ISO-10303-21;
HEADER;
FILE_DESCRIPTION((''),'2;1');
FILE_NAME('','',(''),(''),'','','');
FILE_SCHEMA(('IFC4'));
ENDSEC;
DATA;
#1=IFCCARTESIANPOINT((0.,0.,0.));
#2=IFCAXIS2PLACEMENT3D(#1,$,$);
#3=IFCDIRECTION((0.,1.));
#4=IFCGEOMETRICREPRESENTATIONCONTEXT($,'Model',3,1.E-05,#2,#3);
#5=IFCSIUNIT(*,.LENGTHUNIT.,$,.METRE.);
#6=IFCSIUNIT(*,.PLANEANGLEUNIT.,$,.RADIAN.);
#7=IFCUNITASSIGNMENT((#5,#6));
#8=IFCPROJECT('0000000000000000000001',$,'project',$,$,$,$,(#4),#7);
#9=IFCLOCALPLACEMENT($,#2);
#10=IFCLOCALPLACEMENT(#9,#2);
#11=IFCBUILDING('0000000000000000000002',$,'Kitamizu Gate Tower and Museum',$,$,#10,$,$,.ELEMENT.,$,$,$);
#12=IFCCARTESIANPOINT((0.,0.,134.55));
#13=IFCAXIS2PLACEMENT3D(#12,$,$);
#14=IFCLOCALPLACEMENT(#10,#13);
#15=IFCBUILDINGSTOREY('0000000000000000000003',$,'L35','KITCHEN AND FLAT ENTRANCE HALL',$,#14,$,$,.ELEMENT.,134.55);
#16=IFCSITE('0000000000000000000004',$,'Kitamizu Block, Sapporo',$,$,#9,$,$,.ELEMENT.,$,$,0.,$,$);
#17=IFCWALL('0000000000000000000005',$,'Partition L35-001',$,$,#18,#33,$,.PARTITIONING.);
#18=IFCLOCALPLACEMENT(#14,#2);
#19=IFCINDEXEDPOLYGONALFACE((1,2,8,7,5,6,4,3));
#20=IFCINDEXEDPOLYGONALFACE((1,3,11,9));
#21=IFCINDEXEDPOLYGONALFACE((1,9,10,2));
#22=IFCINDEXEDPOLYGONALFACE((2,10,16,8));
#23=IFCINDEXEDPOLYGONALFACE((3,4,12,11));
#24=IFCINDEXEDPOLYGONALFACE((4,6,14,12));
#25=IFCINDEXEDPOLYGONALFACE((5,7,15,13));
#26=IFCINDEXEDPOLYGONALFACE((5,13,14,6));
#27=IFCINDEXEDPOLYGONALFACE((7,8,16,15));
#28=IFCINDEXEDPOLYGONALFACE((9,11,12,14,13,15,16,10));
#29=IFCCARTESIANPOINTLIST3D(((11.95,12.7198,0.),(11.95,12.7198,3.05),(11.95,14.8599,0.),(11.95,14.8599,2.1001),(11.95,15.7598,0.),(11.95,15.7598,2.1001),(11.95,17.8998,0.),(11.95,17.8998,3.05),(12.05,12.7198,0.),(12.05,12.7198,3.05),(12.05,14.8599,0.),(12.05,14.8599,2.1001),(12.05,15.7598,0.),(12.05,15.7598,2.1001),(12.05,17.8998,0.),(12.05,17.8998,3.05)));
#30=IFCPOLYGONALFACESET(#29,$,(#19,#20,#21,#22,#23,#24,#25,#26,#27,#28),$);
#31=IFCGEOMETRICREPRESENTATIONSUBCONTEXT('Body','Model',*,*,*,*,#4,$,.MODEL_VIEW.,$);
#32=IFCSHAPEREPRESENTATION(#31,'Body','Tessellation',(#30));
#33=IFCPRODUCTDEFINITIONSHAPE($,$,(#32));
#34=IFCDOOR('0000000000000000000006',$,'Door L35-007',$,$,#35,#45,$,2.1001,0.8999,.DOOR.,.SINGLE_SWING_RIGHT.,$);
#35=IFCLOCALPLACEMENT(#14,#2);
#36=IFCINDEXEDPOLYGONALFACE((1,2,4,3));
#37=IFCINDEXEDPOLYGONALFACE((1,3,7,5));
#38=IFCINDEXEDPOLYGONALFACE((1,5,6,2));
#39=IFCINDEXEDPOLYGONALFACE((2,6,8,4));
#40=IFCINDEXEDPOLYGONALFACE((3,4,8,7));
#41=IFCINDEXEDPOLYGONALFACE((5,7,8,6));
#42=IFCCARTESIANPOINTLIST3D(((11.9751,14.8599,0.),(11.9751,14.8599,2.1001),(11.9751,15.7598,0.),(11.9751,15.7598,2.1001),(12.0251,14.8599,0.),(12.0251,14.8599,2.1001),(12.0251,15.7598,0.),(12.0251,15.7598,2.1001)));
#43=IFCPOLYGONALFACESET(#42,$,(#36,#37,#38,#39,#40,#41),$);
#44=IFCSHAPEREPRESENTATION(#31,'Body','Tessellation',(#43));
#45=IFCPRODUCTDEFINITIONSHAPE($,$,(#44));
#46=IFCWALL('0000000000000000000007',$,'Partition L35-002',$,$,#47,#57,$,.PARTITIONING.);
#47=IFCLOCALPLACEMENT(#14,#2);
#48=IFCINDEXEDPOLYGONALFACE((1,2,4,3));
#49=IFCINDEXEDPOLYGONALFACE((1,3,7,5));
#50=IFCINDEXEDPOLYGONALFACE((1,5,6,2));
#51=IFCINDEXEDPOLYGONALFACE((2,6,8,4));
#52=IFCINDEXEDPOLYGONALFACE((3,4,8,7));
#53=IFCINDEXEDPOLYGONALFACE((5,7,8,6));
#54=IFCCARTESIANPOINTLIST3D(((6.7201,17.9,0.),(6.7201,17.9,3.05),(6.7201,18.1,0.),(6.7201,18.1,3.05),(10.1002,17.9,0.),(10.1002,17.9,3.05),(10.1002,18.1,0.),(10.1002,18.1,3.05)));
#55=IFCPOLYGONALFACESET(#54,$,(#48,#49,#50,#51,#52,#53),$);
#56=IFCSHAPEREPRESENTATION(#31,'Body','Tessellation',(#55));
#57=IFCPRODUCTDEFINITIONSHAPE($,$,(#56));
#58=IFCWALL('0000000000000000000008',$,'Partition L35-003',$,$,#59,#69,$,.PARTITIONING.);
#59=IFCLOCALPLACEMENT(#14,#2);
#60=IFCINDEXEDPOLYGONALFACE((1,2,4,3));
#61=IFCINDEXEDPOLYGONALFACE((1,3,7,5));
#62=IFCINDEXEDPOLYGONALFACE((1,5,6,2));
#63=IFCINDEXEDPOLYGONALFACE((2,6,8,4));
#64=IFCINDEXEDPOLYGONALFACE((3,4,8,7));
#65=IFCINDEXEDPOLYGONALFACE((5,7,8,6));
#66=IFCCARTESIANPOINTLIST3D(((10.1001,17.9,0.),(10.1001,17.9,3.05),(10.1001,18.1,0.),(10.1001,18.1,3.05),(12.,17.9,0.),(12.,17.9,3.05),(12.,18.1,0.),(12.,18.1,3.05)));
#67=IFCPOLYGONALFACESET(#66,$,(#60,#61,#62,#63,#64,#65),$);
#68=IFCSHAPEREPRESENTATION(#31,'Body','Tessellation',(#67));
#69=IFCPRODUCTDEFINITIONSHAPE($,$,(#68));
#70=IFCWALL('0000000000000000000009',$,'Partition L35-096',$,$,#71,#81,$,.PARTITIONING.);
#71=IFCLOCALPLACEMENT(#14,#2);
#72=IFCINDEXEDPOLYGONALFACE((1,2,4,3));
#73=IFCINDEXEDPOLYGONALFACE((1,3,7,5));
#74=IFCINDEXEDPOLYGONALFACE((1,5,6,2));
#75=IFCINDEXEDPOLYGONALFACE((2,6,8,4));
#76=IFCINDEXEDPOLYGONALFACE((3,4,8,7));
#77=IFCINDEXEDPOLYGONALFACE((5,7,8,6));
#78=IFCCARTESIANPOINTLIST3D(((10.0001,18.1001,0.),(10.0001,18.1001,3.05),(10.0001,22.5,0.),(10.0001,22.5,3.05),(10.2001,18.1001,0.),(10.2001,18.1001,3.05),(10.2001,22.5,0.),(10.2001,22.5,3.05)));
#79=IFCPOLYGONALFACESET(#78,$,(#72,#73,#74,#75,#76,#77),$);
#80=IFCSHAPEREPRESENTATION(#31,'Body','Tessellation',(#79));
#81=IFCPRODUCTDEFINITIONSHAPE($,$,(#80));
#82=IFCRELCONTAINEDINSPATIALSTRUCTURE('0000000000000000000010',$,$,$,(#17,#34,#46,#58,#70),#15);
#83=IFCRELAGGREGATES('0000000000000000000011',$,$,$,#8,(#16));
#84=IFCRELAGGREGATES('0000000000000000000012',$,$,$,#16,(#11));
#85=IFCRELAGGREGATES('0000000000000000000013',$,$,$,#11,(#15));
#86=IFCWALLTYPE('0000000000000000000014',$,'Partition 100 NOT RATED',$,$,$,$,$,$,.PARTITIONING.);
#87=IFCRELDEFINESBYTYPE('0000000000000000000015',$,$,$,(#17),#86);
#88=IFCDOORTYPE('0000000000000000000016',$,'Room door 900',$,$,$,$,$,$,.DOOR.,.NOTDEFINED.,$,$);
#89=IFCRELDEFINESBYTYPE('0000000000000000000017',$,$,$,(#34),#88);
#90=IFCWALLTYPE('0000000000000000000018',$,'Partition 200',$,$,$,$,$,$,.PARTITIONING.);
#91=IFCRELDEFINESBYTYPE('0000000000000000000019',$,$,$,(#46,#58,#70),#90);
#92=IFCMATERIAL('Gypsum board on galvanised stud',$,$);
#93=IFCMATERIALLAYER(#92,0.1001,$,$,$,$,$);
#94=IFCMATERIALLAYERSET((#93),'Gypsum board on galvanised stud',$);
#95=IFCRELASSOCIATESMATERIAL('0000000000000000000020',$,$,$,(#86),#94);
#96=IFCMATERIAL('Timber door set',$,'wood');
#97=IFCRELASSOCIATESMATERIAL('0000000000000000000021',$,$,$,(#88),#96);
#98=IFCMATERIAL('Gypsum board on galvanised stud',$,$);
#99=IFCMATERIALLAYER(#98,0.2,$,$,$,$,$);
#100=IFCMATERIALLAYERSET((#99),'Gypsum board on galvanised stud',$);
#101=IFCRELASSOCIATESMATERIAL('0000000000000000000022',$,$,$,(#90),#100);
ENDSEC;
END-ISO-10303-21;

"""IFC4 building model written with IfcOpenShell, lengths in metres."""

from ifc_helpers import new_model, si_unit, direction, frame, frame_2d, origin, place, context, subcontext, project, spatial, rectangle, extrude, material, layer, layer_set, type_object, element, fill, save


model = new_model("IFC4")

# Units and contexts
model_context = context("Model", 3, precision=1e-05, world=origin(), true_north=direction((0.0, 1.0)))
body_context = subcontext(model_context, "Body", "Model", "MODEL_VIEW")
ifc_project = project(units=[si_unit("LENGTHUNIT", "METRE"), si_unit("PLANEANGLEUNIT", "RADIAN")], contexts=[model_context])

# Site, building, storey
site_placement = place(None, origin())
site = spatial("IfcSite", under=ifc_project, at=site_placement, Name="Kitamizu Block, Sapporo", CompositionType="ELEMENT", RefElevation=0.0)
building_placement = place(site_placement, origin())
building = spatial("IfcBuilding", under=site, at=building_placement, Name="Kitamizu Gate Tower and Museum", CompositionType="ELEMENT")
storey_placement = place(building_placement, frame((0.0, 0.0, 134.55)))
storey = spatial("IfcBuildingStorey", under=building, at=storey_placement, Name="L35", Description="KITCHEN AND FLAT ENTRANCE HALL", CompositionType="ELEMENT", Elevation=134.55)

# Wall, opening, door
ifc_material_1 = material(Name="Gypsum board on galvanised stud")
ifc_layer_1 = layer(ifc_material_1, 0.1001)
ifc_layer_set_1 = layer_set([ifc_layer_1], Name="Gypsum board on galvanised stud")
wall_type_1 = type_object("IfcWallType", Name="Partition 100 NOT RATED", PredefinedType="PARTITIONING", material=ifc_layer_set_1)
wall_1_placement = place(storey_placement, frame((12.0, 12.72, 0.0), z_axis=(0.0, 0.0, 1.0), x_axis=(0.0, 1.0, 0.0)))
wall_1 = element("IfcWall", 1, at=wall_1_placement, inside=storey, type_object=wall_type_1, Name="Partition L35-001", PredefinedType="PARTITIONING", context=body_context, shape_type="SweptSolid", body=[
    extrude(rectangle(XDim=5.1799, YDim=0.1001, at=frame_2d((2.5898, 0.0))), origin(), (0.0, 0.0, 1.0), 3.05),
])
opening_placement = place(wall_1_placement, frame((2.1399, 0.0, 0.0)))
opening = element("IfcOpeningElement", 2, at=opening_placement, cuts=wall_1, PredefinedType="OPENING", context=body_context, shape_type="SweptSolid", body=[
    extrude(rectangle(XDim=0.8999, YDim=2.1001, at=frame_2d((0.45, 1.05))), frame((0.0, 0.0601, 0.0), z_axis=(0.0, -1.0, 0.0), x_axis=(1.0, 0.0, 0.0)), (0.0, 0.0, 1.0), 0.1201),
])
ifc_material_2 = material(Name="Timber door set", Category="wood")
door_type = type_object("IfcDoorType", Name="Room door 900", OperationType="NOTDEFINED", PredefinedType="DOOR", material=ifc_material_2)
door_placement = place(opening_placement, origin())
door = element("IfcDoor", 3, at=door_placement, inside=storey, type_object=door_type, Name="Door L35-007", OperationType="SINGLE_SWING_RIGHT", OverallHeight=2.1001, OverallWidth=0.8999, PredefinedType="DOOR", context=body_context, shape_type="SweptSolid", body=[
    extrude(rectangle(XDim=0.8999, YDim=2.1001, at=frame_2d((0.45, 1.05))), frame((0.0, 0.0249, 0.0), z_axis=(0.0, -1.0, 0.0), x_axis=(1.0, 0.0, 0.0)), (0.0, 0.0, 1.0), 0.05),
])
fill(opening, door)

# Walls
ifc_material_3 = material(Name="Gypsum board on galvanised stud")
ifc_layer_2 = layer(ifc_material_3, 0.2)
ifc_layer_set_2 = layer_set([ifc_layer_2], Name="Gypsum board on galvanised stud")
wall_type_2 = type_object("IfcWallType", Name="Partition 200", PredefinedType="PARTITIONING", material=ifc_layer_set_2)
wall_2_placement = place(storey_placement, frame((10.1001, 18.0, 0.0), z_axis=(0.0, 0.0, 1.0), x_axis=(-1.0, 0.0, 0.0)))
element("IfcWall", 4, at=wall_2_placement, inside=storey, type_object=wall_type_2, Name="Partition L35-002", PredefinedType="PARTITIONING", context=body_context, shape_type="SweptSolid", body=[
    extrude(rectangle(XDim=3.3801, YDim=0.2, at=frame_2d((1.6899, 0.0))), origin(), (0.0, 0.0, 1.0), 3.05),
])
wall_3_placement = place(storey_placement, frame((12.0, 18.0, 0.0), z_axis=(0.0, 0.0, 1.0), x_axis=(-1.0, 0.0, 0.0)))
element("IfcWall", 5, at=wall_3_placement, inside=storey, type_object=wall_type_2, Name="Partition L35-003", PredefinedType="PARTITIONING", context=body_context, shape_type="SweptSolid", body=[
    extrude(rectangle(XDim=1.8999, YDim=0.2, at=frame_2d((0.95, 0.0))), origin(), (0.0, 0.0, 1.0), 3.05),
])
wall_4_placement = place(storey_placement, frame((10.1001, 18.1001, 0.0), z_axis=(0.0, 0.0, 1.0), x_axis=(0.0, 1.0, 0.0)))
element("IfcWall", 6, at=wall_4_placement, inside=storey, type_object=wall_type_2, Name="Partition L35-096", PredefinedType="PARTITIONING", context=body_context, shape_type="SweptSolid", body=[
    extrude(rectangle(XDim=4.3999, YDim=0.2, at=frame_2d((2.2, 0.0))), origin(), (0.0, 0.0, 1.0), 3.05),
])

save(model, "model.ifc")
